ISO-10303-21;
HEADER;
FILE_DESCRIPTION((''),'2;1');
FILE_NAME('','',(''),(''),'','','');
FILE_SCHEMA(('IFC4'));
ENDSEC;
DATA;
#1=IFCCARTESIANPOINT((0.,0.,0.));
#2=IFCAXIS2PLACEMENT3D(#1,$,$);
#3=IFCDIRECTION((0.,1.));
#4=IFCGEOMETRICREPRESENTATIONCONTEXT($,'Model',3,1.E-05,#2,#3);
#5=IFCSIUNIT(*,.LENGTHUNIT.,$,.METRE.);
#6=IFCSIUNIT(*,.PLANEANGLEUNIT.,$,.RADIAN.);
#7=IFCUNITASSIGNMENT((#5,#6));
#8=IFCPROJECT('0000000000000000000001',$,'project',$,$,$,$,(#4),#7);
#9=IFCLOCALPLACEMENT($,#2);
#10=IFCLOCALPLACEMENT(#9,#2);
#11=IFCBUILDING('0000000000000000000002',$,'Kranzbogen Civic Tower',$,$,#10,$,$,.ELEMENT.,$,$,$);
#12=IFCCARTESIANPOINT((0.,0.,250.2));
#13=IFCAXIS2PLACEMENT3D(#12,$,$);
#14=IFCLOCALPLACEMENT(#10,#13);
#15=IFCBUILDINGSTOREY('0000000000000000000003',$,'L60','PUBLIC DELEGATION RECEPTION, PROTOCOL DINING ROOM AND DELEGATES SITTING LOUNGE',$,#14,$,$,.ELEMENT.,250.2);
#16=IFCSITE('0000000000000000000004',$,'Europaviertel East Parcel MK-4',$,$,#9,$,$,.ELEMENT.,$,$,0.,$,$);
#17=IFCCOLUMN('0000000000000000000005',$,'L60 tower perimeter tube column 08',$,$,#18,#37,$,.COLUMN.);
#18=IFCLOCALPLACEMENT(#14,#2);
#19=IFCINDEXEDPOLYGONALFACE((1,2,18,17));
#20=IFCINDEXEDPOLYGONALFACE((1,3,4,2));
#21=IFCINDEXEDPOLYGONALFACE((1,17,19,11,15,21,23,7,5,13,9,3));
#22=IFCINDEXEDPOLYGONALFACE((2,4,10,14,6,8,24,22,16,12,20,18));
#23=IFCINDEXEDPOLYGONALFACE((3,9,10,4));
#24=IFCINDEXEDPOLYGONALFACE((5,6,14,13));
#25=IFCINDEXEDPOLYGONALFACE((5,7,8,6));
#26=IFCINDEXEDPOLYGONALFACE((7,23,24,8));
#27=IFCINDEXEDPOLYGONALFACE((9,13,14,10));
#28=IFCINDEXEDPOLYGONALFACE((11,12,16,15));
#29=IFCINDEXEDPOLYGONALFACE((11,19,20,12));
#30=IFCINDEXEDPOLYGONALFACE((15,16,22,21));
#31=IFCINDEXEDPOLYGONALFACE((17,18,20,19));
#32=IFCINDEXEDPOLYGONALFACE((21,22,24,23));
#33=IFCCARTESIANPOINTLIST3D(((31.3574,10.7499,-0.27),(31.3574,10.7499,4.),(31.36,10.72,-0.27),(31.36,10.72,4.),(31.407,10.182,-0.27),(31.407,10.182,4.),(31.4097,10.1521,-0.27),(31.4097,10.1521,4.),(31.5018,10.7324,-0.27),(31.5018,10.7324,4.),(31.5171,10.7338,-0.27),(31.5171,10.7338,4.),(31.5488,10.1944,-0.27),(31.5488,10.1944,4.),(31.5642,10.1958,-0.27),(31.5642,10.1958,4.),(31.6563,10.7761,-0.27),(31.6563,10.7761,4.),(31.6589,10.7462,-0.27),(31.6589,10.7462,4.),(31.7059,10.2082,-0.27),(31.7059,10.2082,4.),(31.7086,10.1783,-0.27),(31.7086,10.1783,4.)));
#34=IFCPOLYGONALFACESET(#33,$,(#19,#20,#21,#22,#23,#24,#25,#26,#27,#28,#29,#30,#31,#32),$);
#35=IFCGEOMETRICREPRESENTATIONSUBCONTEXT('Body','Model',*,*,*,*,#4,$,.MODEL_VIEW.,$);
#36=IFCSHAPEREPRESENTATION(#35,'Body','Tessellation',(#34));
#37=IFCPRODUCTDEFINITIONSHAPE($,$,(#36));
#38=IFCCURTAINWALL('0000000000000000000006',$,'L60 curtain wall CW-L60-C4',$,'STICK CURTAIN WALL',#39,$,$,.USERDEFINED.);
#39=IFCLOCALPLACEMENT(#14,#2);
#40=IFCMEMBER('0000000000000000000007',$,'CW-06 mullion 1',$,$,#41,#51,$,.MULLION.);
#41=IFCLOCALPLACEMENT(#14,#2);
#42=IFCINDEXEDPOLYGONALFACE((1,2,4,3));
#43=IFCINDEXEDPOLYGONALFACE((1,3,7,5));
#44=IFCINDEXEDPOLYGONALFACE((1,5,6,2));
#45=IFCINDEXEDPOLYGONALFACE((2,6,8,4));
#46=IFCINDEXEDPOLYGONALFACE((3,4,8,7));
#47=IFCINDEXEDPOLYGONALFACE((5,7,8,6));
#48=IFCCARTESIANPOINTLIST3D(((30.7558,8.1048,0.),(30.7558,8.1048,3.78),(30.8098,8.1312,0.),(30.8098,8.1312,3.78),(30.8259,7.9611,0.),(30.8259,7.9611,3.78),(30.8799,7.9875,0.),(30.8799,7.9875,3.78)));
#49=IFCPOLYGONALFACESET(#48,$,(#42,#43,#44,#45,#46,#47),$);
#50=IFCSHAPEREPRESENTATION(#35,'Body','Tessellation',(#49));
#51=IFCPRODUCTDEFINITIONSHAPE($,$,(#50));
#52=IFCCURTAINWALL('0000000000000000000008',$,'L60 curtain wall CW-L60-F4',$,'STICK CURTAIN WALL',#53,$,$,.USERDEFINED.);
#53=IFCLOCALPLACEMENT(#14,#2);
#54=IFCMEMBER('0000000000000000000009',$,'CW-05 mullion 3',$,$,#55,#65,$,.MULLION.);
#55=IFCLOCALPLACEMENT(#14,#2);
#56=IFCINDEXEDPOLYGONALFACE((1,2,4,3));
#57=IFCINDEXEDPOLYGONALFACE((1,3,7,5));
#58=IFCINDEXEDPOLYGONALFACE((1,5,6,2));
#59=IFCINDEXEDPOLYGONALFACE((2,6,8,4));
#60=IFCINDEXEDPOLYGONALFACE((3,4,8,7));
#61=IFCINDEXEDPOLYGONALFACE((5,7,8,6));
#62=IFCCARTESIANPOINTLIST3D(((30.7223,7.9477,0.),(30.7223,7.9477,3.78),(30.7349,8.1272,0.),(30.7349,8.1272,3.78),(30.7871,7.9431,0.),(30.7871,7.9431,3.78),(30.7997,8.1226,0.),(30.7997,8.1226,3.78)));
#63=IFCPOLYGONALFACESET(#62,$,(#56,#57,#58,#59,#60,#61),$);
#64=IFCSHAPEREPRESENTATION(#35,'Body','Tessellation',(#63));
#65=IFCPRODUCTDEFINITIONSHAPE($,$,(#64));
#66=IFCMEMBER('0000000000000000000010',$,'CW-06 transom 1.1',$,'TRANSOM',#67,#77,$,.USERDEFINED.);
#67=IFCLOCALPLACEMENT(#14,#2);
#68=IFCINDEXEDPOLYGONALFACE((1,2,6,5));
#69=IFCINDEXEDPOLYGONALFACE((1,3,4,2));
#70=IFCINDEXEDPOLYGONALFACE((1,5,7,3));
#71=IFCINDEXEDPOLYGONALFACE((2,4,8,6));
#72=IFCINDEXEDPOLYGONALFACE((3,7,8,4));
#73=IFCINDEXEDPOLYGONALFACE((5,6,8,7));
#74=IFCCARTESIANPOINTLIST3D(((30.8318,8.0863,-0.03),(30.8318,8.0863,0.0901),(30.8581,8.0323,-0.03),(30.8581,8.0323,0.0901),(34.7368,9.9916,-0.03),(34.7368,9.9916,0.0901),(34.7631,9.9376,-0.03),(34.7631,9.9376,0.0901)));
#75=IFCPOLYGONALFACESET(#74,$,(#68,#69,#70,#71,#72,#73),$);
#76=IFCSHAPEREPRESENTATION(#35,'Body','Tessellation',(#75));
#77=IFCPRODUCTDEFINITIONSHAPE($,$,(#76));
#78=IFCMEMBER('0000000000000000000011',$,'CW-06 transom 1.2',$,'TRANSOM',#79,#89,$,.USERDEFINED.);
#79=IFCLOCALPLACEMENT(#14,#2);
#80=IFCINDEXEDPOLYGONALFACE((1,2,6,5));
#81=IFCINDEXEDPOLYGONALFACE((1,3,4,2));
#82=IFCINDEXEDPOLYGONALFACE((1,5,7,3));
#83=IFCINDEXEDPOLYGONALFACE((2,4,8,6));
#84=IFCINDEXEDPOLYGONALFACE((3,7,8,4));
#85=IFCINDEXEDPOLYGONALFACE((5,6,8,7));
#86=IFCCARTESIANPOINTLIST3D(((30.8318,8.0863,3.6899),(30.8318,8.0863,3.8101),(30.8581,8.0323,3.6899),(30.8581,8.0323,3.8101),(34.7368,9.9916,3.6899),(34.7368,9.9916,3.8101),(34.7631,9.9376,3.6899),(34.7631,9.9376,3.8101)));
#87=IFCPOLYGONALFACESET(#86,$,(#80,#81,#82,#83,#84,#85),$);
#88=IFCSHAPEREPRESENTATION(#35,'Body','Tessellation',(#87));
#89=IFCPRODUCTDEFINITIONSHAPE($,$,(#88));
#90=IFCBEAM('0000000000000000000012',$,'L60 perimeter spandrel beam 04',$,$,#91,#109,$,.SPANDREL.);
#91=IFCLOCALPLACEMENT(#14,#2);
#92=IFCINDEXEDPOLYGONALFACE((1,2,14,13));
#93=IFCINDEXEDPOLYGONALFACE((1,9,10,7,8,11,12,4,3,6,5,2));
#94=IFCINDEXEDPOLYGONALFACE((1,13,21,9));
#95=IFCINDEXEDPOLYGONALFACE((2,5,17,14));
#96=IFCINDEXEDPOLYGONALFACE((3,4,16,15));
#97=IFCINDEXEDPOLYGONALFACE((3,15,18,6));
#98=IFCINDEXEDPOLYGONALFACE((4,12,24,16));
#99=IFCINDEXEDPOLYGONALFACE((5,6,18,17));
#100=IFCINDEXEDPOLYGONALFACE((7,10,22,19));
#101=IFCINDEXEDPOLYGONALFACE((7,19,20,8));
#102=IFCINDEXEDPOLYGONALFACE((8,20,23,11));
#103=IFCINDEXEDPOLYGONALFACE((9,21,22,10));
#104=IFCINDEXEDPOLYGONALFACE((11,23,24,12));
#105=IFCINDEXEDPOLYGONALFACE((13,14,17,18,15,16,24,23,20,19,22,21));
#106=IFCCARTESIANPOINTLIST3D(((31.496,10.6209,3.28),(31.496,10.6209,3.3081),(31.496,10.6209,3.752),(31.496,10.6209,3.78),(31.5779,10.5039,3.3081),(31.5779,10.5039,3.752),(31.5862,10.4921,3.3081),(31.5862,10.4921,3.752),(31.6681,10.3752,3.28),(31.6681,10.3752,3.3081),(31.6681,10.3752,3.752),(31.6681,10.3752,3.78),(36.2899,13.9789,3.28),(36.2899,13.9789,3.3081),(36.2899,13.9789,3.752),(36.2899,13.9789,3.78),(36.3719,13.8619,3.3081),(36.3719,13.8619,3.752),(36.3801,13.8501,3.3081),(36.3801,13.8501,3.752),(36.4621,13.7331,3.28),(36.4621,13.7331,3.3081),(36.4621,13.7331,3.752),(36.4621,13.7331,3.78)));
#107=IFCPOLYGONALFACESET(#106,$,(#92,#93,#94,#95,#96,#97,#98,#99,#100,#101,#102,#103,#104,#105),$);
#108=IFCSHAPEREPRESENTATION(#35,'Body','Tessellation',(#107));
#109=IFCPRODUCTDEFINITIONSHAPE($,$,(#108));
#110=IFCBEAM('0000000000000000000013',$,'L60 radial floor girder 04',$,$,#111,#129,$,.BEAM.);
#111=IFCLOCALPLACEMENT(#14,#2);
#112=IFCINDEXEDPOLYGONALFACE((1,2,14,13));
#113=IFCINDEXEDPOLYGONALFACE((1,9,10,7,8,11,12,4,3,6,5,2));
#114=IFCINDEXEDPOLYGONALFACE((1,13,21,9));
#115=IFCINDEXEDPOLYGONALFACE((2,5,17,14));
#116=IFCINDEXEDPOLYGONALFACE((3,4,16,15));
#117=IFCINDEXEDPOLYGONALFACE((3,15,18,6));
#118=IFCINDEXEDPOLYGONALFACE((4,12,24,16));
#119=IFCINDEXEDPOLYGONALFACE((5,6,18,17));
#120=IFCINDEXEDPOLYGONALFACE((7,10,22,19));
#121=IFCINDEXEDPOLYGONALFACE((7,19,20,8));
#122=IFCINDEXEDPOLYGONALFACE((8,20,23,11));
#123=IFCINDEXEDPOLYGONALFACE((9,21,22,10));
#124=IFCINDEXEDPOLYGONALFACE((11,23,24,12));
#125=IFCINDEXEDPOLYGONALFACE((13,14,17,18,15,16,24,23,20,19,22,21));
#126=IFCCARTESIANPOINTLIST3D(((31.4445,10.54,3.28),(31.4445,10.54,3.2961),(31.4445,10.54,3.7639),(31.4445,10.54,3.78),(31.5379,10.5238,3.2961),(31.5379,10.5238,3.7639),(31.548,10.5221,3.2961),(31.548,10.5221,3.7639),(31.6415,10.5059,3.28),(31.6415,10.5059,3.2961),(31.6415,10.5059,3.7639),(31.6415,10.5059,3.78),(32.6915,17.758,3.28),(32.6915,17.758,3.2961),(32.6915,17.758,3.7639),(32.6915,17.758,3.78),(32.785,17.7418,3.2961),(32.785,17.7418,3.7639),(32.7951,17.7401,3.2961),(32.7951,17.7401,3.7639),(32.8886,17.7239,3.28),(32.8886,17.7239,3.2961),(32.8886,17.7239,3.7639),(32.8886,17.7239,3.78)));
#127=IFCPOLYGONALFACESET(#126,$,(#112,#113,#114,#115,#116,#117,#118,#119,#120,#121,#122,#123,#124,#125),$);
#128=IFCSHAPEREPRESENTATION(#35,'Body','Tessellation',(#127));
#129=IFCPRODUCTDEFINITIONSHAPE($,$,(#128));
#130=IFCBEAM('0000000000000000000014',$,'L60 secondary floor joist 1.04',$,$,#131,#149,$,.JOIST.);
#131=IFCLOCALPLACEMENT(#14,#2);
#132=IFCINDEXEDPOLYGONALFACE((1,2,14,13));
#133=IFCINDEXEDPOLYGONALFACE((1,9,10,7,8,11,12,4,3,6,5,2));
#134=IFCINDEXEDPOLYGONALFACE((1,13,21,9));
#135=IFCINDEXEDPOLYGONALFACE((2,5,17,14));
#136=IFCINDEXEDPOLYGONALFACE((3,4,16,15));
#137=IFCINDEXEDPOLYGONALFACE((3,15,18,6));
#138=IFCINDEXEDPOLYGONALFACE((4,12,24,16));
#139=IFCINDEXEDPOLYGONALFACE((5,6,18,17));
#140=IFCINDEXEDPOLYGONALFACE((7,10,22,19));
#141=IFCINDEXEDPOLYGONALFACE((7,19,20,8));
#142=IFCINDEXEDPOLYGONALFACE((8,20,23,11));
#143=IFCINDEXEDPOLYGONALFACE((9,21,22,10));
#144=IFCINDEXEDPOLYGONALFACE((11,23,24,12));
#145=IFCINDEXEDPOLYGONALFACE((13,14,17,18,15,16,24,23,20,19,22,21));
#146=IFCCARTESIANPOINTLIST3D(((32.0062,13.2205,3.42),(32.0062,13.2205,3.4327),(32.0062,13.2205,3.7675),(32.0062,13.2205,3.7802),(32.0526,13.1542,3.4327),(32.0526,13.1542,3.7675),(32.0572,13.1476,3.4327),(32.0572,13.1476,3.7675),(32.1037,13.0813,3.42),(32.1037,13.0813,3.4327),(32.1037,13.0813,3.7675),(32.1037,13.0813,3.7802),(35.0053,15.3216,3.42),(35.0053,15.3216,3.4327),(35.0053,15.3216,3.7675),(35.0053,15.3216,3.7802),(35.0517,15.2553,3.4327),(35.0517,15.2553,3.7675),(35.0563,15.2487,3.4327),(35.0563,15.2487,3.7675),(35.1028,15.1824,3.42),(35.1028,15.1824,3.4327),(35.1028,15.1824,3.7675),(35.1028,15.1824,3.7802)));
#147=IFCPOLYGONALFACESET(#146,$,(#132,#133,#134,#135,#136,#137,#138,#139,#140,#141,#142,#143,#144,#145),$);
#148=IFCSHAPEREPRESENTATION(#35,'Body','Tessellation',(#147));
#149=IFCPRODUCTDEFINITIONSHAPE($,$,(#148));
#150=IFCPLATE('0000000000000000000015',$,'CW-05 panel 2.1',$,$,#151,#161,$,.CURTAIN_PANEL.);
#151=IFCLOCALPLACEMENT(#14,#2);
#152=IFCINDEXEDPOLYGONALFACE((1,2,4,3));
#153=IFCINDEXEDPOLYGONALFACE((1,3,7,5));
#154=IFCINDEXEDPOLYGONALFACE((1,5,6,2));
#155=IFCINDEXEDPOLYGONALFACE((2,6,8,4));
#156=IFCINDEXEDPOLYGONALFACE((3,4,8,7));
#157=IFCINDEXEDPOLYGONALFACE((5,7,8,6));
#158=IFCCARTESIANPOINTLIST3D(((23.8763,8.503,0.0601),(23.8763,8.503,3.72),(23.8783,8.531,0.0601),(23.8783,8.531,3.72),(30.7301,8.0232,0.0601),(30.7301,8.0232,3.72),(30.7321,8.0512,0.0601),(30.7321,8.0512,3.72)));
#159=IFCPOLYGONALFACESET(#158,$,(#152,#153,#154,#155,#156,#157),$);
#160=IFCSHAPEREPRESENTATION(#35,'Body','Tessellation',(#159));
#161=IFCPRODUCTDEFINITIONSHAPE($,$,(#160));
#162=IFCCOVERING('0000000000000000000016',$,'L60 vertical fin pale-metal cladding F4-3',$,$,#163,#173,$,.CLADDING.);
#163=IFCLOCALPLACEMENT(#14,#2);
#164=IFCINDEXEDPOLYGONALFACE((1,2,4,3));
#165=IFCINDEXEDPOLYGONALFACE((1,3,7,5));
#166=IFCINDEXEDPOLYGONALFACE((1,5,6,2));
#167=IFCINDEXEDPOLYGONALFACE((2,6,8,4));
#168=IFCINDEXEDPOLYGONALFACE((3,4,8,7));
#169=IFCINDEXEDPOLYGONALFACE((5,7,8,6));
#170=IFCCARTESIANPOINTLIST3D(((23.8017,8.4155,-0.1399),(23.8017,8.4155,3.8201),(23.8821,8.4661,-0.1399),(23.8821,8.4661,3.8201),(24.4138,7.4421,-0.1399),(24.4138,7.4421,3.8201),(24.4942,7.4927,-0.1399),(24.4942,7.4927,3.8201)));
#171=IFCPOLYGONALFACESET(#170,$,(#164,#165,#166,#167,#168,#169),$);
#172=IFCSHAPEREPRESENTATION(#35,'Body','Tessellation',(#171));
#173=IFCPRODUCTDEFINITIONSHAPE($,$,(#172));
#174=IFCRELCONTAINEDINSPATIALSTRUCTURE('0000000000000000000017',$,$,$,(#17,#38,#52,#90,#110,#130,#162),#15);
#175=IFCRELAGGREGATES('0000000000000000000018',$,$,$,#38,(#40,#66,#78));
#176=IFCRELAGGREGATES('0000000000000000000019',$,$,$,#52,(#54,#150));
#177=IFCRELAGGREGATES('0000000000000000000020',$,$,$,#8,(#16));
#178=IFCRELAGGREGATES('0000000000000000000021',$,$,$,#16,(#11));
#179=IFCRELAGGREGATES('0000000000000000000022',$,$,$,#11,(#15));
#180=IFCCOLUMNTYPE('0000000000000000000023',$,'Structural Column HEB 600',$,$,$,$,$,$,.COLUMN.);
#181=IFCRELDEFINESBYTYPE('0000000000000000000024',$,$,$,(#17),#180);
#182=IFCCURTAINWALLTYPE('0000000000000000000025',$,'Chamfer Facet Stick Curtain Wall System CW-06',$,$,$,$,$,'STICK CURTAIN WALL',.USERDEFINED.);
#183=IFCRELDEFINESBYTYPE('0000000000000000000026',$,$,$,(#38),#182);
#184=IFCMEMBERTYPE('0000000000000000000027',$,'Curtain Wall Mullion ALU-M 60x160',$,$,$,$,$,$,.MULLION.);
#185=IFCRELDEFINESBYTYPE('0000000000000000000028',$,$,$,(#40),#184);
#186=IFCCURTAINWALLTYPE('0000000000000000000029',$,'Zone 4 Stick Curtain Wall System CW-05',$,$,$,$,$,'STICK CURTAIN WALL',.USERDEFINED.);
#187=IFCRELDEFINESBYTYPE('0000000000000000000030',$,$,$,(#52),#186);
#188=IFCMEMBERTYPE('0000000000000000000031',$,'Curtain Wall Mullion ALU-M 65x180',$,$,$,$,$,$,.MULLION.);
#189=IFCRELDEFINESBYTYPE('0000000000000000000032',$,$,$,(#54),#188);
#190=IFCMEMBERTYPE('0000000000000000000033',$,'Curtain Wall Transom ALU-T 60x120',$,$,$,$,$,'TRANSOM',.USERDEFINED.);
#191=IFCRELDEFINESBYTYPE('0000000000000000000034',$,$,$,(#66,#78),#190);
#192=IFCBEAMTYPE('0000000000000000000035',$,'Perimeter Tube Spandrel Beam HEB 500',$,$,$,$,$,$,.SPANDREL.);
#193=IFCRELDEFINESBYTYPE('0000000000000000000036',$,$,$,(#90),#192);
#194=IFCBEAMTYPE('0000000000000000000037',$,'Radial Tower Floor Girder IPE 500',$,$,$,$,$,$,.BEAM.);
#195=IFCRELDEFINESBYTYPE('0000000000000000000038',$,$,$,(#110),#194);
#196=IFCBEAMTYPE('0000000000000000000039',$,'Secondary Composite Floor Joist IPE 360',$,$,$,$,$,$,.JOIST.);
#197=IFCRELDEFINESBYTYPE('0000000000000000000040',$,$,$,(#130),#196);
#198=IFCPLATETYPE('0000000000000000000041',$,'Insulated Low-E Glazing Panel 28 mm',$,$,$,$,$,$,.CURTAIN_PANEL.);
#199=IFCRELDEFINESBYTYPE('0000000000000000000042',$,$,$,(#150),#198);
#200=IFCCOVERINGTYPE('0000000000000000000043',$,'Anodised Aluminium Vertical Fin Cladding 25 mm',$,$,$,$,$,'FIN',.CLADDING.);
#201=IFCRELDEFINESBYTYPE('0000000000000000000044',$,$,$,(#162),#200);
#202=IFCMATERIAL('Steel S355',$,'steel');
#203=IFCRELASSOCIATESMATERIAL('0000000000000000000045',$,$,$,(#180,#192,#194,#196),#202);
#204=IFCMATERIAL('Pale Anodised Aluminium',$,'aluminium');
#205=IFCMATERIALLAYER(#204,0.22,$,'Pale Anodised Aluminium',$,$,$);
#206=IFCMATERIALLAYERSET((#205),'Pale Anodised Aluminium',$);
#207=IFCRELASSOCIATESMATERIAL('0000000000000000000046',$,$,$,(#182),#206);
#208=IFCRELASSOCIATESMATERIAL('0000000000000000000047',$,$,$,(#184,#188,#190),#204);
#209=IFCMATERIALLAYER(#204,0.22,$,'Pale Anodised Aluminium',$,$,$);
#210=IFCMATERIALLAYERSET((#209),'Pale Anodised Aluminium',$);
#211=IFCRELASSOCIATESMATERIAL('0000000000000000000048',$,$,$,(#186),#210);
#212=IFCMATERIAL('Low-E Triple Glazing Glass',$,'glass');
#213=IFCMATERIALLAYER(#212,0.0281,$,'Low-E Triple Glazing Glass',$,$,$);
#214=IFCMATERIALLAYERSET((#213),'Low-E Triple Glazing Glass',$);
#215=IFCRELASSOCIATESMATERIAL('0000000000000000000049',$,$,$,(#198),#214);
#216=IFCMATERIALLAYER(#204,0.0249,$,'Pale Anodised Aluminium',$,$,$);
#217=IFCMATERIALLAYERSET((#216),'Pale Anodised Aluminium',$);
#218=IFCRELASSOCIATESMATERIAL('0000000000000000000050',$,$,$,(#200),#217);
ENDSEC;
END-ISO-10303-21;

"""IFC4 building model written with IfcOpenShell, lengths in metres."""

from ifc_helpers import new_model, si_unit, direction, frame, origin, origin_2d, place, context, subcontext, project, spatial, rectangle, i_section, extrude, material, layer, layer_set, material_profile, profile_set, type_object, element, aggregate, save


model = new_model("IFC4")

# Units and contexts
model_context = context("Model", 3, precision=1e-05, world=origin(), true_north=direction((0.0, 1.0)))
body_context = subcontext(model_context, "Body", "Model", "MODEL_VIEW")
ifc_project = project(units=[si_unit("LENGTHUNIT", "METRE"), si_unit("PLANEANGLEUNIT", "RADIAN")], contexts=[model_context])

# Site, building, storey
site_placement = place(None, origin())
site = spatial("IfcSite", under=ifc_project, at=site_placement, Name="Europaviertel East Parcel MK-4", CompositionType="ELEMENT", RefElevation=0.0)
building_placement = place(site_placement, origin())
building = spatial("IfcBuilding", under=site, at=building_placement, Name="Kranzbogen Civic Tower", CompositionType="ELEMENT")
storey_placement = place(building_placement, frame((0.0, 0.0, 250.2)))
storey = spatial("IfcBuildingStorey", under=building, at=storey_placement, Name="L60", Description="PUBLIC DELEGATION RECEPTION, PROTOCOL DINING ROOM AND DELEGATES SITTING LOUNGE", CompositionType="ELEMENT", Elevation=250.2)

# Column
ifc_material_1 = material(Name="Steel S355", Category="steel")
ifc_material_profile_1 = material_profile(ifc_material_1, i_section(OverallWidth=0.3, OverallDepth=0.6001, WebThickness=0.0154, FlangeThickness=0.03, at=origin_2d()), Name="HEB 600")
ifc_profile_set_1 = profile_set([ifc_material_profile_1], Name="Steel S355")
column_type = type_object("IfcColumnType", Name="Structural Column HEB 600", PredefinedType="COLUMN", material=ifc_profile_set_1)
column_placement = place(storey_placement, frame((31.533, 10.4641, -0.27), z_axis=(0.0, 0.0, 1.0), x_axis=(0.996195, 0.087156, 0.0)))
element("IfcColumn", 1, at=column_placement, inside=storey, type_object=column_type, Name="L60 tower perimeter tube column 08", PredefinedType="COLUMN", context=body_context, shape_type="SweptSolid", body=[
    extrude(i_section(OverallWidth=0.3, OverallDepth=0.6001, WebThickness=0.0154, FlangeThickness=0.03, at=origin_2d()), origin(), (0.0, 0.0, 1.0), 4.27),
])

# Curtain walls, members
ifc_material_2 = material(Name="Pale Anodised Aluminium", Category="aluminium")
ifc_layer_1 = layer(ifc_material_2, 0.22, Name="Pale Anodised Aluminium")
ifc_layer_set_1 = layer_set([ifc_layer_1], Name="Pale Anodised Aluminium")
curtain_wall_type_1 = type_object("IfcCurtainWallType", Name="Chamfer Facet Stick Curtain Wall System CW-06", ElementType="STICK CURTAIN WALL", PredefinedType="USERDEFINED", material=ifc_layer_set_1)
curtain_wall_1_placement = place(storey_placement, origin())
curtain_wall_1 = element("IfcCurtainWall", 2, at=curtain_wall_1_placement, inside=storey, type_object=curtain_wall_type_1, Name="L60 curtain wall CW-L60-C4", ObjectType="STICK CURTAIN WALL", PredefinedType="USERDEFINED")
ifc_material_profile_2 = material_profile(ifc_material_2, rectangle(XDim=0.0601, YDim=0.1599, at=origin_2d()), Name="ALU-M 60x160")
ifc_profile_set_2 = profile_set([ifc_material_profile_2], Name="Pale Anodised Aluminium")
member_type_1 = type_object("IfcMemberType", Name="Curtain Wall Mullion ALU-M 60x160", PredefinedType="MULLION", material=ifc_profile_set_2)
member_1_placement = place(storey_placement, frame((30.8179, 8.0461, 0.0), z_axis=(0.0, 0.0, 1.0), x_axis=(0.89873, 0.438503, 0.0)))
member_1 = element("IfcMember", 3, at=member_1_placement, type_object=member_type_1, Name="CW-06 mullion 1", PredefinedType="MULLION", context=body_context, shape_type="SweptSolid", body=[
    extrude(rectangle(XDim=0.0601, YDim=0.1599, at=origin_2d()), origin(), (0.0, 0.0, 1.0), 3.78),
])
ifc_layer_2 = layer(ifc_material_2, 0.22, Name="Pale Anodised Aluminium")
ifc_layer_set_2 = layer_set([ifc_layer_2], Name="Pale Anodised Aluminium")
curtain_wall_type_2 = type_object("IfcCurtainWallType", Name="Zone 4 Stick Curtain Wall System CW-05", ElementType="STICK CURTAIN WALL", PredefinedType="USERDEFINED", material=ifc_layer_set_2)
curtain_wall_2_placement = place(storey_placement, origin())
curtain_wall_2 = element("IfcCurtainWall", 4, at=curtain_wall_2_placement, inside=storey, type_object=curtain_wall_type_2, Name="L60 curtain wall CW-L60-F4", ObjectType="STICK CURTAIN WALL", PredefinedType="USERDEFINED")
ifc_material_profile_3 = material_profile(ifc_material_2, rectangle(XDim=0.0649, YDim=0.1799, at=origin_2d()), Name="ALU-M 65x180")
ifc_profile_set_3 = profile_set([ifc_material_profile_3], Name="Pale Anodised Aluminium")
member_type_2 = type_object("IfcMemberType", Name="Curtain Wall Mullion ALU-M 65x180", PredefinedType="MULLION", material=ifc_profile_set_3)
member_2_placement = place(storey_placement, frame((30.761, 8.0352, 0.0), z_axis=(0.0, 0.0, 1.0), x_axis=(0.997559, -0.069823, 0.0)))
member_2 = element("IfcMember", 5, at=member_2_placement, type_object=member_type_2, Name="CW-05 mullion 3", PredefinedType="MULLION", context=body_context, shape_type="SweptSolid", body=[
    extrude(rectangle(XDim=0.0649, YDim=0.1799, at=origin_2d()), origin(), (0.0, 0.0, 1.0), 3.78),
])

# Members
ifc_material_profile_4 = material_profile(ifc_material_2, rectangle(XDim=0.0601, YDim=0.1201, at=origin_2d()), Name="ALU-T 60x120")
ifc_profile_set_4 = profile_set([ifc_material_profile_4], Name="Pale Anodised Aluminium")
member_type_3 = type_object("IfcMemberType", Name="Curtain Wall Transom ALU-T 60x120", ElementType="TRANSOM", PredefinedType="USERDEFINED", material=ifc_profile_set_4)
member_3_placement = place(storey_placement, frame((30.845, 8.0593, 0.03), z_axis=(0.898734, 0.438494, 0.0), x_axis=(-0.438494, 0.898734, 0.0)))
member_3 = element("IfcMember", 6, at=member_3_placement, type_object=member_type_3, Name="CW-06 transom 1.1", ObjectType="TRANSOM", PredefinedType="USERDEFINED", context=body_context, shape_type="SweptSolid", body=[
    extrude(rectangle(XDim=0.0601, YDim=0.1201, at=origin_2d()), origin(), (0.0, 0.0, 1.0), 4.345),
])
member_4_placement = place(storey_placement, frame((30.845, 8.0593, 3.75), z_axis=(0.898734, 0.438494, 0.0), x_axis=(-0.438494, 0.898734, 0.0)))
member_4 = element("IfcMember", 7, at=member_4_placement, type_object=member_type_3, Name="CW-06 transom 1.2", ObjectType="TRANSOM", PredefinedType="USERDEFINED", context=body_context, shape_type="SweptSolid", body=[
    extrude(rectangle(XDim=0.0601, YDim=0.1201, at=origin_2d()), origin(), (0.0, 0.0, 1.0), 4.345),
])
aggregate(curtain_wall_1, [member_1, member_3, member_4])

# Beams
ifc_material_profile_5 = material_profile(ifc_material_1, i_section(OverallWidth=0.3, OverallDepth=0.5, WebThickness=0.0144, FlangeThickness=0.0281, at=origin_2d()), Name="HEB 500")
ifc_profile_set_5 = profile_set([ifc_material_profile_5], Name="Steel S355")
beam_type_1 = type_object("IfcBeamType", Name="Perimeter Tube Spandrel Beam HEB 500", PredefinedType="SPANDREL", material=ifc_profile_set_5)
beam_1_placement = place(storey_placement, frame((31.582, 10.498, 3.53), z_axis=(0.819059, 0.573709, 0.0), x_axis=(-0.573709, 0.819059, 0.0)))
element("IfcBeam", 8, at=beam_1_placement, inside=storey, type_object=beam_type_1, Name="L60 perimeter spandrel beam 04", PredefinedType="SPANDREL", context=body_context, shape_type="SweptSolid", body=[
    extrude(i_section(OverallWidth=0.3, OverallDepth=0.5, WebThickness=0.0144, FlangeThickness=0.0281, at=origin_2d()), origin(), (0.0, 0.0, 1.0), 5.853),
])
ifc_material_profile_6 = material_profile(ifc_material_1, i_section(OverallWidth=0.2, OverallDepth=0.5, WebThickness=0.0103, FlangeThickness=0.0161, at=origin_2d()), Name="IPE 500")
ifc_profile_set_6 = profile_set([ifc_material_profile_6], Name="Steel S355")
beam_type_2 = type_object("IfcBeamType", Name="Radial Tower Floor Girder IPE 500", PredefinedType="BEAM", material=ifc_profile_set_6)
beam_2_placement = place(storey_placement, frame((31.543, 10.5229, 3.53), z_axis=(0.17025, 0.985401, 0.0), x_axis=(-0.985401, 0.17025, 0.0)))
element("IfcBeam", 9, at=beam_2_placement, inside=storey, type_object=beam_type_2, Name="L60 radial floor girder 04", PredefinedType="BEAM", context=body_context, shape_type="SweptSolid", body=[
    extrude(i_section(OverallWidth=0.2, OverallDepth=0.5, WebThickness=0.0103, FlangeThickness=0.0161, at=origin_2d()), origin(), (0.0, 0.0, 1.0), 7.325),
])
ifc_material_profile_7 = material_profile(ifc_material_1, i_section(OverallWidth=0.1699, OverallDepth=0.3601, WebThickness=0.0081, FlangeThickness=0.0127, at=origin_2d()), Name="IPE 360")
ifc_profile_set_7 = profile_set([ifc_material_profile_7], Name="Steel S355")
beam_type_3 = type_object("IfcBeamType", Name="Secondary Composite Floor Joist IPE 360", PredefinedType="JOIST", material=ifc_profile_set_7)
beam_3_placement = place(storey_placement, frame((32.0549, 13.1509, 3.6001), z_axis=(0.819006, 0.573784, 0.0), x_axis=(-0.573784, 0.819006, 0.0)))
element("IfcBeam", 10, at=beam_3_placement, inside=storey, type_object=beam_type_3, Name="L60 secondary floor joist 1.04", PredefinedType="JOIST", context=body_context, shape_type="SweptSolid", body=[
    extrude(i_section(OverallWidth=0.1699, OverallDepth=0.3601, WebThickness=0.0081, FlangeThickness=0.0127, at=origin_2d()), origin(), (0.0, 0.0, 1.0), 3.6619),
])

# Plate
ifc_material_3 = material(Name="Low-E Triple Glazing Glass", Category="glass")
ifc_layer_3 = layer(ifc_material_3, 0.0281, Name="Low-E Triple Glazing Glass")
ifc_layer_set_3 = layer_set([ifc_layer_3], Name="Low-E Triple Glazing Glass")
plate_type = type_object("IfcPlateType", Name="Insulated Low-E Glazing Panel 28 mm", PredefinedType="CURTAIN_PANEL", material=ifc_layer_set_3)
plate_placement = place(storey_placement, frame((27.3042, 8.2771, 0.0601), z_axis=(0.0, 0.0, 1.0), x_axis=(0.997559, -0.069823, 0.0)))
plate = element("IfcPlate", 11, at=plate_placement, type_object=plate_type, Name="CW-05 panel 2.1", PredefinedType="CURTAIN_PANEL", context=body_context, shape_type="SweptSolid", body=[
    extrude(rectangle(XDim=6.8706, YDim=0.0281, at=origin_2d()), origin(), (0.0, 0.0, 1.0), 3.6599),
])
aggregate(curtain_wall_2, [member_2, plate])

# Covering
ifc_layer_4 = layer(ifc_material_2, 0.0249, Name="Pale Anodised Aluminium")
ifc_layer_set_4 = layer_set([ifc_layer_4], Name="Pale Anodised Aluminium")
covering_type = type_object("IfcCoveringType", Name="Anodised Aluminium Vertical Fin Cladding 25 mm", ElementType="FIN", PredefinedType="CLADDING", material=ifc_layer_set_4)
for number, where, z_axis, x_axis, name in (
    (12, (24.1479, 7.9541, -0.1399), (0.0, 0.0, 1.0), (0.532344, -0.846528, 0.0), "L60 vertical fin pale-metal cladding F4-3"),
):
    element("IfcCovering", number, at=place(storey_placement, frame(where, z_axis=z_axis, x_axis=x_axis)), inside=storey, type_object=covering_type, Name=name, PredefinedType="CLADDING", context=body_context, shape_type="SweptSolid", body=[
        extrude(rectangle(XDim=1.1499, YDim=0.095, at=origin_2d()), origin(), (0.0, 0.0, 1.0), 3.96),
    ])

save(model, "model.ifc")
